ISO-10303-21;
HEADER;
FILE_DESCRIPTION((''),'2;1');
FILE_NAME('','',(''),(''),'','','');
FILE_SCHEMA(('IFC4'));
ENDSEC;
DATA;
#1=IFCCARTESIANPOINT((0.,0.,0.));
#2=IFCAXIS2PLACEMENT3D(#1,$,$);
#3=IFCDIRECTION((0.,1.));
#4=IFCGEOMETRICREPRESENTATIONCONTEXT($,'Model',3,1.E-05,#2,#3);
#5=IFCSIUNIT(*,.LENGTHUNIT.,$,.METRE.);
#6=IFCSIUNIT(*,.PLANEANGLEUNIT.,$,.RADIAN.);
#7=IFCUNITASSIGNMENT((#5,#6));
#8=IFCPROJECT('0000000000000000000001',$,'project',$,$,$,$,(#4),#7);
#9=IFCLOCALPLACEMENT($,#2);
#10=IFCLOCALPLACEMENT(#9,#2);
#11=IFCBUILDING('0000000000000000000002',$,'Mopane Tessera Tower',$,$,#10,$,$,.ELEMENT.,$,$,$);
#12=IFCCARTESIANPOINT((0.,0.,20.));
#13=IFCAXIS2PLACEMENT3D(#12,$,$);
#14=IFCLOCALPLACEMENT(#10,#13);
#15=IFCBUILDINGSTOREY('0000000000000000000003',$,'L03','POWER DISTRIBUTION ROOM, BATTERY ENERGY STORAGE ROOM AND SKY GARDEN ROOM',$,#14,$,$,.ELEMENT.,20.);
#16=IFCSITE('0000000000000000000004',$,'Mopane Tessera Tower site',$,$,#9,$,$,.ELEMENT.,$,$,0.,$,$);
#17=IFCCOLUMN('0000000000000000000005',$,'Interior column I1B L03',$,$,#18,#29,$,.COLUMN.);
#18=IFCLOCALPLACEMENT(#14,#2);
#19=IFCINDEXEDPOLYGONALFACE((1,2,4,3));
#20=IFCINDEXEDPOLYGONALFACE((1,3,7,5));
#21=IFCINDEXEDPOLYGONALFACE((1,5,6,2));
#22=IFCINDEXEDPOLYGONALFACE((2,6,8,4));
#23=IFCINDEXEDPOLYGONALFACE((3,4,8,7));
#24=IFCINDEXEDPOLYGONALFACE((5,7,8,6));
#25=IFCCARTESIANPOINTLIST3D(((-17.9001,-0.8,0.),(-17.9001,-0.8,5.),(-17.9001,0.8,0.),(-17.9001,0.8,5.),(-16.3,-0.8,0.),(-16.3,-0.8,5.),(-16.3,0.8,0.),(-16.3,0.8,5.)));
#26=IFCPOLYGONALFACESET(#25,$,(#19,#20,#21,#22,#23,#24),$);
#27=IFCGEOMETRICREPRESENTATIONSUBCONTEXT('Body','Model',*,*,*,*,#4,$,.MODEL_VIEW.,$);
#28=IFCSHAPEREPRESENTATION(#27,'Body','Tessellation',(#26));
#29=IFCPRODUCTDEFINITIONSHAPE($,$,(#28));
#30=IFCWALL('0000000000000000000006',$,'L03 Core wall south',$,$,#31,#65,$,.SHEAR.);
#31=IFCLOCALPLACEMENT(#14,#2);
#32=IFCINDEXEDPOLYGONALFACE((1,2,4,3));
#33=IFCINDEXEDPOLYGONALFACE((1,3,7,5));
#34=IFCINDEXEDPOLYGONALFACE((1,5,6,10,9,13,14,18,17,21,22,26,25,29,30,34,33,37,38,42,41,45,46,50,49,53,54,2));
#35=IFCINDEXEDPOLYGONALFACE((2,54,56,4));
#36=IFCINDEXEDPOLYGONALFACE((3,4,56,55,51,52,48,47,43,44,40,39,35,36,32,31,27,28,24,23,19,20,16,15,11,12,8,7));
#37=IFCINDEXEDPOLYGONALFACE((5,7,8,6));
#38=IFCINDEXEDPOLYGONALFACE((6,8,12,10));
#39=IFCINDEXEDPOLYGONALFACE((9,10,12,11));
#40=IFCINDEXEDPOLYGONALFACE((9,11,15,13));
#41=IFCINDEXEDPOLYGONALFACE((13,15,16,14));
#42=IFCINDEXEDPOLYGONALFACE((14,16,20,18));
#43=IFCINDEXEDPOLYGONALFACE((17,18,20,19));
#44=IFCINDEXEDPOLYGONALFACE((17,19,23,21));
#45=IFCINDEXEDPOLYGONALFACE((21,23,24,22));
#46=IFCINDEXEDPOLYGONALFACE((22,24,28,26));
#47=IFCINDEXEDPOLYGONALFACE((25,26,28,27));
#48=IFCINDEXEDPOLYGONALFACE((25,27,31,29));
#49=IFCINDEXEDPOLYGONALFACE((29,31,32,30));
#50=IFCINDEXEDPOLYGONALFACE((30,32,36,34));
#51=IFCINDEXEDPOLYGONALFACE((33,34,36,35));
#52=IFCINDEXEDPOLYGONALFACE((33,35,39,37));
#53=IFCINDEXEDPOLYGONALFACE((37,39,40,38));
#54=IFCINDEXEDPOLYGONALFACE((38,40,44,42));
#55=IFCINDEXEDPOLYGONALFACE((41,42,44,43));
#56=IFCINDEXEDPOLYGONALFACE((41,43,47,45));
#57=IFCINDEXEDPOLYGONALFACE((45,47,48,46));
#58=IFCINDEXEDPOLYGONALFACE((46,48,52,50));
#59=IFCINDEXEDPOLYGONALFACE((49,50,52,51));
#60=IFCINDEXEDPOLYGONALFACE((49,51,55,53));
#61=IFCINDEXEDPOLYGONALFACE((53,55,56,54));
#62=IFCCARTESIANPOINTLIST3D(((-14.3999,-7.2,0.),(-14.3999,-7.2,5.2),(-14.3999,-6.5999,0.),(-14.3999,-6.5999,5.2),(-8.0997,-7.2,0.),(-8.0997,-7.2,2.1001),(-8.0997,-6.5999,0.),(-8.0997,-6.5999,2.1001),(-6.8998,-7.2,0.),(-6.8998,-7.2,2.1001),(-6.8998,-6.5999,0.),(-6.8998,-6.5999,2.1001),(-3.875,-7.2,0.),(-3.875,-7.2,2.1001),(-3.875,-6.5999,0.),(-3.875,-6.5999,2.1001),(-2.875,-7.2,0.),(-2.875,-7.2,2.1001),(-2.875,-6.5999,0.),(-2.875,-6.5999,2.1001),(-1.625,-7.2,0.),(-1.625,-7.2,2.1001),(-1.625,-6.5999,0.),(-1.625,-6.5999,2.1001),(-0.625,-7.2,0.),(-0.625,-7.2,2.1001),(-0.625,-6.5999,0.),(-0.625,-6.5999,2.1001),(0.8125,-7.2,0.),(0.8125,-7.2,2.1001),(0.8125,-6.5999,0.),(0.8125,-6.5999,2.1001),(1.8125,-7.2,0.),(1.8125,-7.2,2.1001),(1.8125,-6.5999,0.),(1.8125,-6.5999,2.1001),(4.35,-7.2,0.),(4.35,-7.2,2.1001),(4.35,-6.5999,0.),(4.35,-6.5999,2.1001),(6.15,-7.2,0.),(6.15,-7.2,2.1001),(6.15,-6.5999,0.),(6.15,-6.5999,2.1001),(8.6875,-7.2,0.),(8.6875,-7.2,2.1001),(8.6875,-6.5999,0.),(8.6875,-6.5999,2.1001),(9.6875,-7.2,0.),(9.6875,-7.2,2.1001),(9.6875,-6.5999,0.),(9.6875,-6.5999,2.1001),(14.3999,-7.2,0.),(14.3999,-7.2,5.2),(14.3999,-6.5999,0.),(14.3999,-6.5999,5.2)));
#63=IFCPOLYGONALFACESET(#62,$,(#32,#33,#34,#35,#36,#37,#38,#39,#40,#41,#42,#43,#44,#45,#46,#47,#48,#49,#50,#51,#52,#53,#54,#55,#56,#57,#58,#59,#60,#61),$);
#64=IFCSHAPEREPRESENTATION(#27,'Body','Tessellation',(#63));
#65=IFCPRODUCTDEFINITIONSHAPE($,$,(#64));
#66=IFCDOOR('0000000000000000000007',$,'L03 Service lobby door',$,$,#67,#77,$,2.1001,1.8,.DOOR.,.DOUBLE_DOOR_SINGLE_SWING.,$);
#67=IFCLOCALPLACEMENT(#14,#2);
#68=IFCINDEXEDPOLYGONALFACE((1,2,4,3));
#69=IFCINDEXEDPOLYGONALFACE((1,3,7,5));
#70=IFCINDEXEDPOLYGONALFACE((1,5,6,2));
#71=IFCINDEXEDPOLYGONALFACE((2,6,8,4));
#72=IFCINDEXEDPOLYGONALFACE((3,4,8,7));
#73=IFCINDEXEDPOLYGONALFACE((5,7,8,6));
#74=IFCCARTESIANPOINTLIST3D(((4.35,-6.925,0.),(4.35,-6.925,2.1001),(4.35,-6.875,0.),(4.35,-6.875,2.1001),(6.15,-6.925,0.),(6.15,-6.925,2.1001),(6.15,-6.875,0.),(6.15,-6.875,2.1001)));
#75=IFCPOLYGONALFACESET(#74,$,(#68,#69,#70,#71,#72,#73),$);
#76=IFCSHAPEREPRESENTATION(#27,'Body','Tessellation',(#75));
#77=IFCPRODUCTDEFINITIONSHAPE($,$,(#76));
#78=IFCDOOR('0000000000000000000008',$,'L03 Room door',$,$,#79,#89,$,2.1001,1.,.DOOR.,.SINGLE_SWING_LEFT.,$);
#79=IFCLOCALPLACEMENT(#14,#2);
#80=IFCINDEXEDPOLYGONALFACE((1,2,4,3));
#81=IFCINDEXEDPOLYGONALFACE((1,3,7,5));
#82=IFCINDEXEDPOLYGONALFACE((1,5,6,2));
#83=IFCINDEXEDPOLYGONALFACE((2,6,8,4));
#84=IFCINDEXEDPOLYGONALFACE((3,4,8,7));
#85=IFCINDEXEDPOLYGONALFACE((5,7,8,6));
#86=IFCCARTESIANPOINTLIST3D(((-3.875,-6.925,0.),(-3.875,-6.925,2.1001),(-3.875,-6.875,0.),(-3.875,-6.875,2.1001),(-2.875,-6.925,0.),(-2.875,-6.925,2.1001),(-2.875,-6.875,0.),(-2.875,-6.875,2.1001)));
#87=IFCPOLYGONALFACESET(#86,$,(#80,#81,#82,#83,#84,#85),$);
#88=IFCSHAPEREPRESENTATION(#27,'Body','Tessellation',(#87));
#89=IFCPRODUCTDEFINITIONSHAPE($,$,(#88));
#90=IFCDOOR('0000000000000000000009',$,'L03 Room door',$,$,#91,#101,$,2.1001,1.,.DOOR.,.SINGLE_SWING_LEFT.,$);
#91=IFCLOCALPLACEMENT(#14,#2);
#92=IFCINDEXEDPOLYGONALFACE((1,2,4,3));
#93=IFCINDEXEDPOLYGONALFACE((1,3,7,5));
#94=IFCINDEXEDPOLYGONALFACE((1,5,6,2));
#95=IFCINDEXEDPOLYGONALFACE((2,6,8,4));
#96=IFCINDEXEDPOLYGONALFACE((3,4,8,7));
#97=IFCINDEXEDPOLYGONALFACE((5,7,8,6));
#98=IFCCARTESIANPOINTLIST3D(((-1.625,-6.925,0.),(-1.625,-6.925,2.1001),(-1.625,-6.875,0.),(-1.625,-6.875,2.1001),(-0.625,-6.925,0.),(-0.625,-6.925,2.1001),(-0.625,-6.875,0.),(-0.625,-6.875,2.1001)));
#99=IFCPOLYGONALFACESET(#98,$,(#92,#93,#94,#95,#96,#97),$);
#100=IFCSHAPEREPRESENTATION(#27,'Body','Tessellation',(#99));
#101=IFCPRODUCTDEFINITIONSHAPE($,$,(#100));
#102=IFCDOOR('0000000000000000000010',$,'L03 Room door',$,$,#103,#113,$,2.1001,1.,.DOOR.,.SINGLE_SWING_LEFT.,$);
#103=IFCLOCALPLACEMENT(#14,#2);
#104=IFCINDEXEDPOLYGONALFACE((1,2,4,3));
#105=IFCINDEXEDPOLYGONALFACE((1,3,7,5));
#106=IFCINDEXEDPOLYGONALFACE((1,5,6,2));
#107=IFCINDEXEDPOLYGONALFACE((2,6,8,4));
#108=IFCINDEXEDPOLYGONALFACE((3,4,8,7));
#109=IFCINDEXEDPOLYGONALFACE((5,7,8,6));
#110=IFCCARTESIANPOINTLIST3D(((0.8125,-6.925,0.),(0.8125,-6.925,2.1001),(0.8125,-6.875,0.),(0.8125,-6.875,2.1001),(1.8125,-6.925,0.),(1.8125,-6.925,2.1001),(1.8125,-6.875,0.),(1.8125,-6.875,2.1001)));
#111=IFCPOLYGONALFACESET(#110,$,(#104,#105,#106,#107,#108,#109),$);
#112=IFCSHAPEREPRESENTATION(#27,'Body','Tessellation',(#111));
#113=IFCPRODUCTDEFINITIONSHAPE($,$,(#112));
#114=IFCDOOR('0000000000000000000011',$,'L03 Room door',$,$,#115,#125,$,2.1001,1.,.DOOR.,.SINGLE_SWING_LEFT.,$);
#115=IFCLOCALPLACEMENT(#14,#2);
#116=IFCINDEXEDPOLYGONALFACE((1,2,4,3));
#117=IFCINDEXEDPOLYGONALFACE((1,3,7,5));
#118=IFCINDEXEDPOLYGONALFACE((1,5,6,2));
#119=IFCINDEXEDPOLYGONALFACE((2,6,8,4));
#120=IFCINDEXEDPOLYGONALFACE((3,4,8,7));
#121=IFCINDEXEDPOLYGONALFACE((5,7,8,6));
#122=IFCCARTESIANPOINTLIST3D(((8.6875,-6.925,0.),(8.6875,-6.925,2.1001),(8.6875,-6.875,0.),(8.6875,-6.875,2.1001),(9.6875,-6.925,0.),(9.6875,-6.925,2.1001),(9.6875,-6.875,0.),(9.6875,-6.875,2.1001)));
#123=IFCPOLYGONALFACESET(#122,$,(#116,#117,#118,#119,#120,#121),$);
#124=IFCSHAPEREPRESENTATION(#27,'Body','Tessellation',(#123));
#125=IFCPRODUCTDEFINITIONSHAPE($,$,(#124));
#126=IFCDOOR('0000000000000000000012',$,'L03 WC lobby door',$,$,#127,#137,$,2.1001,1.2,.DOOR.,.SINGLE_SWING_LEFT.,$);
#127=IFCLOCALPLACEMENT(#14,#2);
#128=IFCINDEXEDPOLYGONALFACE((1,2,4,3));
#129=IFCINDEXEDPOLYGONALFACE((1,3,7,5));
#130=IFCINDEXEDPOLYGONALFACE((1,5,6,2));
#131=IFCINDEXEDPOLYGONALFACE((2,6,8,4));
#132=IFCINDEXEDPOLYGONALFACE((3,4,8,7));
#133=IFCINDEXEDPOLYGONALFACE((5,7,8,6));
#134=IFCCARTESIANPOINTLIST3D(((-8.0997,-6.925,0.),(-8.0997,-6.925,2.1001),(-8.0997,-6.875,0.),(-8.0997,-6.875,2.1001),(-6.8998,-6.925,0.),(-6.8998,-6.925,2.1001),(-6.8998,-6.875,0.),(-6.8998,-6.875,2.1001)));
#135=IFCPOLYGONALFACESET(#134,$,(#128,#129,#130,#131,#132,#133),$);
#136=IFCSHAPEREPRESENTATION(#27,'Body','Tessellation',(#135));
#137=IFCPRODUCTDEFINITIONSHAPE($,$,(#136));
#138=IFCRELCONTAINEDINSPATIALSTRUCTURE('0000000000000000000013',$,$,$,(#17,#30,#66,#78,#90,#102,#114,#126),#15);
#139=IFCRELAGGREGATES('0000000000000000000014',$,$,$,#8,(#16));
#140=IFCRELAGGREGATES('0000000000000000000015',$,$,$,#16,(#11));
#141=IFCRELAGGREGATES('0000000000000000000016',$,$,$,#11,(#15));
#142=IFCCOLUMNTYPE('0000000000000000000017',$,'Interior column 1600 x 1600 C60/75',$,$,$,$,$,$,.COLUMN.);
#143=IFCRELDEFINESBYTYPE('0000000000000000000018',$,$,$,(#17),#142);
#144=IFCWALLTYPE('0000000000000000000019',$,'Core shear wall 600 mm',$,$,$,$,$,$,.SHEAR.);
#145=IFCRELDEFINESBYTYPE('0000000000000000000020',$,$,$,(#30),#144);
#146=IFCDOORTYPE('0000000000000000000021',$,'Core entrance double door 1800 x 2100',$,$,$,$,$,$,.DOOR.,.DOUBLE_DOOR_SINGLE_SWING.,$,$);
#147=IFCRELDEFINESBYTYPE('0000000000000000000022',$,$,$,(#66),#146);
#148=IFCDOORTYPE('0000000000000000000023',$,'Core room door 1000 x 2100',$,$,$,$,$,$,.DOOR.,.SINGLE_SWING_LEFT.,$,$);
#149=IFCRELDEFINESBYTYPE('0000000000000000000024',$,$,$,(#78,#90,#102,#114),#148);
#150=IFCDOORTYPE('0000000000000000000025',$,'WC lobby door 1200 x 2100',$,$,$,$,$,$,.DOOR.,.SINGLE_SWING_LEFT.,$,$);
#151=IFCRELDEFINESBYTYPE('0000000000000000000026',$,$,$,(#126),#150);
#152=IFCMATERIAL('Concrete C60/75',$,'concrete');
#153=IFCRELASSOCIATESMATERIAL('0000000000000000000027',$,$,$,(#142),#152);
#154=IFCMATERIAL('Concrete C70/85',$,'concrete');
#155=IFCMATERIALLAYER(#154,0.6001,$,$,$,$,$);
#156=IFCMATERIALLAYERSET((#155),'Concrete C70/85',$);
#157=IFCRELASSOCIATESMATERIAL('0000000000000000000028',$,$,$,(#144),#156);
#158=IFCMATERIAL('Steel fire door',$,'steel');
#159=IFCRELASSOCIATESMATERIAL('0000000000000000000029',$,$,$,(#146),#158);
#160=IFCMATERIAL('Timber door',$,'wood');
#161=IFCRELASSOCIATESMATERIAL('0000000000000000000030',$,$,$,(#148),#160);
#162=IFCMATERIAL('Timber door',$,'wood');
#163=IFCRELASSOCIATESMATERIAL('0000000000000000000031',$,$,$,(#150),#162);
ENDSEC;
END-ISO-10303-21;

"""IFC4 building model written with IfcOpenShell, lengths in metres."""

from ifc_helpers import new_model, si_unit, direction, frame, frame_2d, origin, origin_2d, place, context, subcontext, project, spatial, rectangle, extrude, material, layer, layer_set, material_profile, profile_set, type_object, element, fill, save


model = new_model("IFC4")

# Units and contexts
model_context = context("Model", 3, precision=1e-05, world=origin(), true_north=direction((0.0, 1.0)))
body_context = subcontext(model_context, "Body", "Model", "MODEL_VIEW")
ifc_project = project(units=[si_unit("LENGTHUNIT", "METRE"), si_unit("PLANEANGLEUNIT", "RADIAN")], contexts=[model_context])

# Site, building, storey
site_placement = place(None, origin())
site = spatial("IfcSite", under=ifc_project, at=site_placement, Name="Mopane Tessera Tower site", CompositionType="ELEMENT", RefElevation=0.0)
building_placement = place(site_placement, origin())
building = spatial("IfcBuilding", under=site, at=building_placement, Name="Mopane Tessera Tower", CompositionType="ELEMENT")
storey_placement = place(building_placement, frame((0.0, 0.0, 20.0)))
storey = spatial("IfcBuildingStorey", under=building, at=storey_placement, Name="L03", Description="POWER DISTRIBUTION ROOM, BATTERY ENERGY STORAGE ROOM AND SKY GARDEN ROOM", CompositionType="ELEMENT", Elevation=20.0)

# Column
ifc_material_1 = material(Name="Concrete C60/75", Category="concrete")
ifc_material_profile = material_profile(ifc_material_1, rectangle(XDim=1.6001, YDim=1.6001, at=origin_2d()))
ifc_profile_set = profile_set([ifc_material_profile], Name="Concrete C60/75")
column_type = type_object("IfcColumnType", Name="Interior column 1600 x 1600 C60/75", PredefinedType="COLUMN", material=ifc_profile_set)
column_placement = place(storey_placement, frame((-17.1001, 0.0, 0.0), z_axis=(0.0, 0.0, 1.0), x_axis=(1.0, 0.0, 0.0)))
element("IfcColumn", 1, at=column_placement, inside=storey, type_object=column_type, Name="Interior column I1B L03", PredefinedType="COLUMN", context=body_context, shape_type="SweptSolid", body=[
    extrude(rectangle(XDim=1.6001, YDim=1.6001, at=origin_2d()), origin(), (0.0, 0.0, 1.0), 5.0),
])

# Wall, openings, doors
ifc_material_2 = material(Name="Concrete C70/85", Category="concrete")
ifc_layer_1 = layer(ifc_material_2, 0.6001)
ifc_layer_set_1 = layer_set([ifc_layer_1], Name="Concrete C70/85")
wall_type_1 = type_object("IfcWallType", Name="Core shear wall 600 mm", PredefinedType="SHEAR", material=ifc_layer_set_1)
wall_1_placement = place(storey_placement, frame((-14.3999, -6.8999, 0.0), z_axis=(0.0, 0.0, 1.0), x_axis=(1.0, 0.0, 0.0)))
wall_1 = element("IfcWall", 2, at=wall_1_placement, inside=storey, type_object=wall_type_1, Name="L03 Core wall south", PredefinedType="SHEAR", context=body_context, shape_type="SweptSolid", body=[
    extrude(rectangle(XDim=28.7998, YDim=0.6001, at=frame_2d((14.3999, 0.0))), origin(), (0.0, 0.0, 1.0), 5.2),
])
opening_1_placement = place(wall_1_placement, frame((6.3, 0.0, 0.0)))
opening_1 = element("IfcOpeningElement", 3, at=opening_1_placement, cuts=wall_1, PredefinedType="OPENING", context=body_context, shape_type="SweptSolid", body=[
    extrude(rectangle(XDim=1.2, YDim=2.1001, at=frame_2d((0.6001, 1.05))), frame((0.0, 0.312, 0.0), z_axis=(0.0, -1.0, 0.0), x_axis=(1.0, 0.0, 0.0)), (0.0, 0.0, 1.0), 0.624),
])
opening_2_placement = place(wall_1_placement, frame((10.5249, 0.0, 0.0)))
opening_2 = element("IfcOpeningElement", 4, at=opening_2_placement, cuts=wall_1, PredefinedType="OPENING", context=body_context, shape_type="SweptSolid", body=[
    extrude(rectangle(XDim=1.0, YDim=2.1001, at=frame_2d((0.5, 1.05))), frame((0.0, 0.312, 0.0), z_axis=(0.0, -1.0, 0.0), x_axis=(1.0, 0.0, 0.0)), (0.0, 0.0, 1.0), 0.624),
])
opening_3_placement = place(wall_1_placement, frame((12.7749, 0.0, 0.0)))
opening_3 = element("IfcOpeningElement", 5, at=opening_3_placement, cuts=wall_1, PredefinedType="OPENING", context=body_context, shape_type="SweptSolid", body=[
    extrude(rectangle(XDim=1.0, YDim=2.1001, at=frame_2d((0.5, 1.05))), frame((0.0, 0.312, 0.0), z_axis=(0.0, -1.0, 0.0), x_axis=(1.0, 0.0, 0.0)), (0.0, 0.0, 1.0), 0.624),
])
opening_4_placement = place(wall_1_placement, frame((15.2124, 0.0, 0.0)))
opening_4 = element("IfcOpeningElement", 6, at=opening_4_placement, cuts=wall_1, PredefinedType="OPENING", context=body_context, shape_type="SweptSolid", body=[
    extrude(rectangle(XDim=1.0, YDim=2.1001, at=frame_2d((0.5, 1.05))), frame((0.0, 0.312, 0.0), z_axis=(0.0, -1.0, 0.0), x_axis=(1.0, 0.0, 0.0)), (0.0, 0.0, 1.0), 0.624),
])
opening_5_placement = place(wall_1_placement, frame((18.75, 0.0, 0.0)))
opening_5 = element("IfcOpeningElement", 7, at=opening_5_placement, cuts=wall_1, PredefinedType="OPENING", context=body_context, shape_type="SweptSolid", body=[
    extrude(rectangle(XDim=1.8, YDim=2.1001, at=frame_2d((0.8999, 1.05))), frame((0.0, 0.312, 0.0), z_axis=(0.0, -1.0, 0.0), x_axis=(1.0, 0.0, 0.0)), (0.0, 0.0, 1.0), 0.624),
])
opening_6_placement = place(wall_1_placement, frame((23.0874, 0.0, 0.0)))
opening_6 = element("IfcOpeningElement", 8, at=opening_6_placement, cuts=wall_1, PredefinedType="OPENING", context=body_context, shape_type="SweptSolid", body=[
    extrude(rectangle(XDim=1.0, YDim=2.1001, at=frame_2d((0.5, 1.05))), frame((0.0, 0.312, 0.0), z_axis=(0.0, -1.0, 0.0), x_axis=(1.0, 0.0, 0.0)), (0.0, 0.0, 1.0), 0.624),
])
ifc_material_3 = material(Name="Steel fire door", Category="steel")
door_type_1 = type_object("IfcDoorType", Name="Core entrance double door 1800 x 2100", OperationType="DOUBLE_DOOR_SINGLE_SWING", PredefinedType="DOOR", material=ifc_material_3)
door_1_placement = place(opening_5_placement, origin())
door_1 = element("IfcDoor", 9, at=door_1_placement, inside=storey, type_object=door_type_1, Name="L03 Service lobby door", OperationType="DOUBLE_DOOR_SINGLE_SWING", OverallHeight=2.1001, OverallWidth=1.8, PredefinedType="DOOR", context=body_context, shape_type="SweptSolid", body=[
    extrude(rectangle(XDim=1.8, YDim=2.1001, at=frame_2d((0.8999, 1.05))), frame((0.0, 0.0249, 0.0), z_axis=(0.0, -1.0, 0.0), x_axis=(1.0, 0.0, 0.0)), (0.0, 0.0, 1.0), 0.05),
])
fill(opening_5, door_1)
ifc_material_4 = material(Name="Timber door", Category="wood")
door_type_2 = type_object("IfcDoorType", Name="Core room door 1000 x 2100", OperationType="SINGLE_SWING_LEFT", PredefinedType="DOOR", material=ifc_material_4)
door_2_placement = place(opening_2_placement, origin())
door_2 = element("IfcDoor", 10, at=door_2_placement, inside=storey, type_object=door_type_2, Name="L03 Room door", OperationType="SINGLE_SWING_LEFT", OverallHeight=2.1001, OverallWidth=1.0, PredefinedType="DOOR", context=body_context, shape_type="SweptSolid", body=[
    extrude(rectangle(XDim=1.0, YDim=2.1001, at=frame_2d((0.5, 1.05))), frame((0.0, 0.0249, 0.0), z_axis=(0.0, -1.0, 0.0), x_axis=(1.0, 0.0, 0.0)), (0.0, 0.0, 1.0), 0.05),
])
fill(opening_2, door_2)
door_3_placement = place(opening_3_placement, origin())
door_3 = element("IfcDoor", 11, at=door_3_placement, inside=storey, type_object=door_type_2, Name="L03 Room door", OperationType="SINGLE_SWING_LEFT", OverallHeight=2.1001, OverallWidth=1.0, PredefinedType="DOOR", context=body_context, shape_type="SweptSolid", body=[
    extrude(rectangle(XDim=1.0, YDim=2.1001, at=frame_2d((0.5, 1.05))), frame((0.0, 0.0249, 0.0), z_axis=(0.0, -1.0, 0.0), x_axis=(1.0, 0.0, 0.0)), (0.0, 0.0, 1.0), 0.05),
])
fill(opening_3, door_3)
door_4_placement = place(opening_4_placement, origin())
door_4 = element("IfcDoor", 12, at=door_4_placement, inside=storey, type_object=door_type_2, Name="L03 Room door", OperationType="SINGLE_SWING_LEFT", OverallHeight=2.1001, OverallWidth=1.0, PredefinedType="DOOR", context=body_context, shape_type="SweptSolid", body=[
    extrude(rectangle(XDim=1.0, YDim=2.1001, at=frame_2d((0.5, 1.05))), frame((0.0, 0.0249, 0.0), z_axis=(0.0, -1.0, 0.0), x_axis=(1.0, 0.0, 0.0)), (0.0, 0.0, 1.0), 0.05),
])
fill(opening_4, door_4)
door_5_placement = place(opening_6_placement, origin())
door_5 = element("IfcDoor", 13, at=door_5_placement, inside=storey, type_object=door_type_2, Name="L03 Room door", OperationType="SINGLE_SWING_LEFT", OverallHeight=2.1001, OverallWidth=1.0, PredefinedType="DOOR", context=body_context, shape_type="SweptSolid", body=[
    extrude(rectangle(XDim=1.0, YDim=2.1001, at=frame_2d((0.5, 1.05))), frame((0.0, 0.0249, 0.0), z_axis=(0.0, -1.0, 0.0), x_axis=(1.0, 0.0, 0.0)), (0.0, 0.0, 1.0), 0.05),
])
fill(opening_6, door_5)
ifc_material_5 = material(Name="Timber door", Category="wood")
door_type_3 = type_object("IfcDoorType", Name="WC lobby door 1200 x 2100", OperationType="SINGLE_SWING_LEFT", PredefinedType="DOOR", material=ifc_material_5)
door_6_placement = place(opening_1_placement, origin())
door_6 = element("IfcDoor", 14, at=door_6_placement, inside=storey, type_object=door_type_3, Name="L03 WC lobby door", OperationType="SINGLE_SWING_LEFT", OverallHeight=2.1001, OverallWidth=1.2, PredefinedType="DOOR", context=body_context, shape_type="SweptSolid", body=[
    extrude(rectangle(XDim=1.2, YDim=2.1001, at=frame_2d((0.6001, 1.05))), frame((0.0, 0.0249, 0.0), z_axis=(0.0, -1.0, 0.0), x_axis=(1.0, 0.0, 0.0)), (0.0, 0.0, 1.0), 0.05),
])
fill(opening_1, door_6)

save(model, "model.ifc")
